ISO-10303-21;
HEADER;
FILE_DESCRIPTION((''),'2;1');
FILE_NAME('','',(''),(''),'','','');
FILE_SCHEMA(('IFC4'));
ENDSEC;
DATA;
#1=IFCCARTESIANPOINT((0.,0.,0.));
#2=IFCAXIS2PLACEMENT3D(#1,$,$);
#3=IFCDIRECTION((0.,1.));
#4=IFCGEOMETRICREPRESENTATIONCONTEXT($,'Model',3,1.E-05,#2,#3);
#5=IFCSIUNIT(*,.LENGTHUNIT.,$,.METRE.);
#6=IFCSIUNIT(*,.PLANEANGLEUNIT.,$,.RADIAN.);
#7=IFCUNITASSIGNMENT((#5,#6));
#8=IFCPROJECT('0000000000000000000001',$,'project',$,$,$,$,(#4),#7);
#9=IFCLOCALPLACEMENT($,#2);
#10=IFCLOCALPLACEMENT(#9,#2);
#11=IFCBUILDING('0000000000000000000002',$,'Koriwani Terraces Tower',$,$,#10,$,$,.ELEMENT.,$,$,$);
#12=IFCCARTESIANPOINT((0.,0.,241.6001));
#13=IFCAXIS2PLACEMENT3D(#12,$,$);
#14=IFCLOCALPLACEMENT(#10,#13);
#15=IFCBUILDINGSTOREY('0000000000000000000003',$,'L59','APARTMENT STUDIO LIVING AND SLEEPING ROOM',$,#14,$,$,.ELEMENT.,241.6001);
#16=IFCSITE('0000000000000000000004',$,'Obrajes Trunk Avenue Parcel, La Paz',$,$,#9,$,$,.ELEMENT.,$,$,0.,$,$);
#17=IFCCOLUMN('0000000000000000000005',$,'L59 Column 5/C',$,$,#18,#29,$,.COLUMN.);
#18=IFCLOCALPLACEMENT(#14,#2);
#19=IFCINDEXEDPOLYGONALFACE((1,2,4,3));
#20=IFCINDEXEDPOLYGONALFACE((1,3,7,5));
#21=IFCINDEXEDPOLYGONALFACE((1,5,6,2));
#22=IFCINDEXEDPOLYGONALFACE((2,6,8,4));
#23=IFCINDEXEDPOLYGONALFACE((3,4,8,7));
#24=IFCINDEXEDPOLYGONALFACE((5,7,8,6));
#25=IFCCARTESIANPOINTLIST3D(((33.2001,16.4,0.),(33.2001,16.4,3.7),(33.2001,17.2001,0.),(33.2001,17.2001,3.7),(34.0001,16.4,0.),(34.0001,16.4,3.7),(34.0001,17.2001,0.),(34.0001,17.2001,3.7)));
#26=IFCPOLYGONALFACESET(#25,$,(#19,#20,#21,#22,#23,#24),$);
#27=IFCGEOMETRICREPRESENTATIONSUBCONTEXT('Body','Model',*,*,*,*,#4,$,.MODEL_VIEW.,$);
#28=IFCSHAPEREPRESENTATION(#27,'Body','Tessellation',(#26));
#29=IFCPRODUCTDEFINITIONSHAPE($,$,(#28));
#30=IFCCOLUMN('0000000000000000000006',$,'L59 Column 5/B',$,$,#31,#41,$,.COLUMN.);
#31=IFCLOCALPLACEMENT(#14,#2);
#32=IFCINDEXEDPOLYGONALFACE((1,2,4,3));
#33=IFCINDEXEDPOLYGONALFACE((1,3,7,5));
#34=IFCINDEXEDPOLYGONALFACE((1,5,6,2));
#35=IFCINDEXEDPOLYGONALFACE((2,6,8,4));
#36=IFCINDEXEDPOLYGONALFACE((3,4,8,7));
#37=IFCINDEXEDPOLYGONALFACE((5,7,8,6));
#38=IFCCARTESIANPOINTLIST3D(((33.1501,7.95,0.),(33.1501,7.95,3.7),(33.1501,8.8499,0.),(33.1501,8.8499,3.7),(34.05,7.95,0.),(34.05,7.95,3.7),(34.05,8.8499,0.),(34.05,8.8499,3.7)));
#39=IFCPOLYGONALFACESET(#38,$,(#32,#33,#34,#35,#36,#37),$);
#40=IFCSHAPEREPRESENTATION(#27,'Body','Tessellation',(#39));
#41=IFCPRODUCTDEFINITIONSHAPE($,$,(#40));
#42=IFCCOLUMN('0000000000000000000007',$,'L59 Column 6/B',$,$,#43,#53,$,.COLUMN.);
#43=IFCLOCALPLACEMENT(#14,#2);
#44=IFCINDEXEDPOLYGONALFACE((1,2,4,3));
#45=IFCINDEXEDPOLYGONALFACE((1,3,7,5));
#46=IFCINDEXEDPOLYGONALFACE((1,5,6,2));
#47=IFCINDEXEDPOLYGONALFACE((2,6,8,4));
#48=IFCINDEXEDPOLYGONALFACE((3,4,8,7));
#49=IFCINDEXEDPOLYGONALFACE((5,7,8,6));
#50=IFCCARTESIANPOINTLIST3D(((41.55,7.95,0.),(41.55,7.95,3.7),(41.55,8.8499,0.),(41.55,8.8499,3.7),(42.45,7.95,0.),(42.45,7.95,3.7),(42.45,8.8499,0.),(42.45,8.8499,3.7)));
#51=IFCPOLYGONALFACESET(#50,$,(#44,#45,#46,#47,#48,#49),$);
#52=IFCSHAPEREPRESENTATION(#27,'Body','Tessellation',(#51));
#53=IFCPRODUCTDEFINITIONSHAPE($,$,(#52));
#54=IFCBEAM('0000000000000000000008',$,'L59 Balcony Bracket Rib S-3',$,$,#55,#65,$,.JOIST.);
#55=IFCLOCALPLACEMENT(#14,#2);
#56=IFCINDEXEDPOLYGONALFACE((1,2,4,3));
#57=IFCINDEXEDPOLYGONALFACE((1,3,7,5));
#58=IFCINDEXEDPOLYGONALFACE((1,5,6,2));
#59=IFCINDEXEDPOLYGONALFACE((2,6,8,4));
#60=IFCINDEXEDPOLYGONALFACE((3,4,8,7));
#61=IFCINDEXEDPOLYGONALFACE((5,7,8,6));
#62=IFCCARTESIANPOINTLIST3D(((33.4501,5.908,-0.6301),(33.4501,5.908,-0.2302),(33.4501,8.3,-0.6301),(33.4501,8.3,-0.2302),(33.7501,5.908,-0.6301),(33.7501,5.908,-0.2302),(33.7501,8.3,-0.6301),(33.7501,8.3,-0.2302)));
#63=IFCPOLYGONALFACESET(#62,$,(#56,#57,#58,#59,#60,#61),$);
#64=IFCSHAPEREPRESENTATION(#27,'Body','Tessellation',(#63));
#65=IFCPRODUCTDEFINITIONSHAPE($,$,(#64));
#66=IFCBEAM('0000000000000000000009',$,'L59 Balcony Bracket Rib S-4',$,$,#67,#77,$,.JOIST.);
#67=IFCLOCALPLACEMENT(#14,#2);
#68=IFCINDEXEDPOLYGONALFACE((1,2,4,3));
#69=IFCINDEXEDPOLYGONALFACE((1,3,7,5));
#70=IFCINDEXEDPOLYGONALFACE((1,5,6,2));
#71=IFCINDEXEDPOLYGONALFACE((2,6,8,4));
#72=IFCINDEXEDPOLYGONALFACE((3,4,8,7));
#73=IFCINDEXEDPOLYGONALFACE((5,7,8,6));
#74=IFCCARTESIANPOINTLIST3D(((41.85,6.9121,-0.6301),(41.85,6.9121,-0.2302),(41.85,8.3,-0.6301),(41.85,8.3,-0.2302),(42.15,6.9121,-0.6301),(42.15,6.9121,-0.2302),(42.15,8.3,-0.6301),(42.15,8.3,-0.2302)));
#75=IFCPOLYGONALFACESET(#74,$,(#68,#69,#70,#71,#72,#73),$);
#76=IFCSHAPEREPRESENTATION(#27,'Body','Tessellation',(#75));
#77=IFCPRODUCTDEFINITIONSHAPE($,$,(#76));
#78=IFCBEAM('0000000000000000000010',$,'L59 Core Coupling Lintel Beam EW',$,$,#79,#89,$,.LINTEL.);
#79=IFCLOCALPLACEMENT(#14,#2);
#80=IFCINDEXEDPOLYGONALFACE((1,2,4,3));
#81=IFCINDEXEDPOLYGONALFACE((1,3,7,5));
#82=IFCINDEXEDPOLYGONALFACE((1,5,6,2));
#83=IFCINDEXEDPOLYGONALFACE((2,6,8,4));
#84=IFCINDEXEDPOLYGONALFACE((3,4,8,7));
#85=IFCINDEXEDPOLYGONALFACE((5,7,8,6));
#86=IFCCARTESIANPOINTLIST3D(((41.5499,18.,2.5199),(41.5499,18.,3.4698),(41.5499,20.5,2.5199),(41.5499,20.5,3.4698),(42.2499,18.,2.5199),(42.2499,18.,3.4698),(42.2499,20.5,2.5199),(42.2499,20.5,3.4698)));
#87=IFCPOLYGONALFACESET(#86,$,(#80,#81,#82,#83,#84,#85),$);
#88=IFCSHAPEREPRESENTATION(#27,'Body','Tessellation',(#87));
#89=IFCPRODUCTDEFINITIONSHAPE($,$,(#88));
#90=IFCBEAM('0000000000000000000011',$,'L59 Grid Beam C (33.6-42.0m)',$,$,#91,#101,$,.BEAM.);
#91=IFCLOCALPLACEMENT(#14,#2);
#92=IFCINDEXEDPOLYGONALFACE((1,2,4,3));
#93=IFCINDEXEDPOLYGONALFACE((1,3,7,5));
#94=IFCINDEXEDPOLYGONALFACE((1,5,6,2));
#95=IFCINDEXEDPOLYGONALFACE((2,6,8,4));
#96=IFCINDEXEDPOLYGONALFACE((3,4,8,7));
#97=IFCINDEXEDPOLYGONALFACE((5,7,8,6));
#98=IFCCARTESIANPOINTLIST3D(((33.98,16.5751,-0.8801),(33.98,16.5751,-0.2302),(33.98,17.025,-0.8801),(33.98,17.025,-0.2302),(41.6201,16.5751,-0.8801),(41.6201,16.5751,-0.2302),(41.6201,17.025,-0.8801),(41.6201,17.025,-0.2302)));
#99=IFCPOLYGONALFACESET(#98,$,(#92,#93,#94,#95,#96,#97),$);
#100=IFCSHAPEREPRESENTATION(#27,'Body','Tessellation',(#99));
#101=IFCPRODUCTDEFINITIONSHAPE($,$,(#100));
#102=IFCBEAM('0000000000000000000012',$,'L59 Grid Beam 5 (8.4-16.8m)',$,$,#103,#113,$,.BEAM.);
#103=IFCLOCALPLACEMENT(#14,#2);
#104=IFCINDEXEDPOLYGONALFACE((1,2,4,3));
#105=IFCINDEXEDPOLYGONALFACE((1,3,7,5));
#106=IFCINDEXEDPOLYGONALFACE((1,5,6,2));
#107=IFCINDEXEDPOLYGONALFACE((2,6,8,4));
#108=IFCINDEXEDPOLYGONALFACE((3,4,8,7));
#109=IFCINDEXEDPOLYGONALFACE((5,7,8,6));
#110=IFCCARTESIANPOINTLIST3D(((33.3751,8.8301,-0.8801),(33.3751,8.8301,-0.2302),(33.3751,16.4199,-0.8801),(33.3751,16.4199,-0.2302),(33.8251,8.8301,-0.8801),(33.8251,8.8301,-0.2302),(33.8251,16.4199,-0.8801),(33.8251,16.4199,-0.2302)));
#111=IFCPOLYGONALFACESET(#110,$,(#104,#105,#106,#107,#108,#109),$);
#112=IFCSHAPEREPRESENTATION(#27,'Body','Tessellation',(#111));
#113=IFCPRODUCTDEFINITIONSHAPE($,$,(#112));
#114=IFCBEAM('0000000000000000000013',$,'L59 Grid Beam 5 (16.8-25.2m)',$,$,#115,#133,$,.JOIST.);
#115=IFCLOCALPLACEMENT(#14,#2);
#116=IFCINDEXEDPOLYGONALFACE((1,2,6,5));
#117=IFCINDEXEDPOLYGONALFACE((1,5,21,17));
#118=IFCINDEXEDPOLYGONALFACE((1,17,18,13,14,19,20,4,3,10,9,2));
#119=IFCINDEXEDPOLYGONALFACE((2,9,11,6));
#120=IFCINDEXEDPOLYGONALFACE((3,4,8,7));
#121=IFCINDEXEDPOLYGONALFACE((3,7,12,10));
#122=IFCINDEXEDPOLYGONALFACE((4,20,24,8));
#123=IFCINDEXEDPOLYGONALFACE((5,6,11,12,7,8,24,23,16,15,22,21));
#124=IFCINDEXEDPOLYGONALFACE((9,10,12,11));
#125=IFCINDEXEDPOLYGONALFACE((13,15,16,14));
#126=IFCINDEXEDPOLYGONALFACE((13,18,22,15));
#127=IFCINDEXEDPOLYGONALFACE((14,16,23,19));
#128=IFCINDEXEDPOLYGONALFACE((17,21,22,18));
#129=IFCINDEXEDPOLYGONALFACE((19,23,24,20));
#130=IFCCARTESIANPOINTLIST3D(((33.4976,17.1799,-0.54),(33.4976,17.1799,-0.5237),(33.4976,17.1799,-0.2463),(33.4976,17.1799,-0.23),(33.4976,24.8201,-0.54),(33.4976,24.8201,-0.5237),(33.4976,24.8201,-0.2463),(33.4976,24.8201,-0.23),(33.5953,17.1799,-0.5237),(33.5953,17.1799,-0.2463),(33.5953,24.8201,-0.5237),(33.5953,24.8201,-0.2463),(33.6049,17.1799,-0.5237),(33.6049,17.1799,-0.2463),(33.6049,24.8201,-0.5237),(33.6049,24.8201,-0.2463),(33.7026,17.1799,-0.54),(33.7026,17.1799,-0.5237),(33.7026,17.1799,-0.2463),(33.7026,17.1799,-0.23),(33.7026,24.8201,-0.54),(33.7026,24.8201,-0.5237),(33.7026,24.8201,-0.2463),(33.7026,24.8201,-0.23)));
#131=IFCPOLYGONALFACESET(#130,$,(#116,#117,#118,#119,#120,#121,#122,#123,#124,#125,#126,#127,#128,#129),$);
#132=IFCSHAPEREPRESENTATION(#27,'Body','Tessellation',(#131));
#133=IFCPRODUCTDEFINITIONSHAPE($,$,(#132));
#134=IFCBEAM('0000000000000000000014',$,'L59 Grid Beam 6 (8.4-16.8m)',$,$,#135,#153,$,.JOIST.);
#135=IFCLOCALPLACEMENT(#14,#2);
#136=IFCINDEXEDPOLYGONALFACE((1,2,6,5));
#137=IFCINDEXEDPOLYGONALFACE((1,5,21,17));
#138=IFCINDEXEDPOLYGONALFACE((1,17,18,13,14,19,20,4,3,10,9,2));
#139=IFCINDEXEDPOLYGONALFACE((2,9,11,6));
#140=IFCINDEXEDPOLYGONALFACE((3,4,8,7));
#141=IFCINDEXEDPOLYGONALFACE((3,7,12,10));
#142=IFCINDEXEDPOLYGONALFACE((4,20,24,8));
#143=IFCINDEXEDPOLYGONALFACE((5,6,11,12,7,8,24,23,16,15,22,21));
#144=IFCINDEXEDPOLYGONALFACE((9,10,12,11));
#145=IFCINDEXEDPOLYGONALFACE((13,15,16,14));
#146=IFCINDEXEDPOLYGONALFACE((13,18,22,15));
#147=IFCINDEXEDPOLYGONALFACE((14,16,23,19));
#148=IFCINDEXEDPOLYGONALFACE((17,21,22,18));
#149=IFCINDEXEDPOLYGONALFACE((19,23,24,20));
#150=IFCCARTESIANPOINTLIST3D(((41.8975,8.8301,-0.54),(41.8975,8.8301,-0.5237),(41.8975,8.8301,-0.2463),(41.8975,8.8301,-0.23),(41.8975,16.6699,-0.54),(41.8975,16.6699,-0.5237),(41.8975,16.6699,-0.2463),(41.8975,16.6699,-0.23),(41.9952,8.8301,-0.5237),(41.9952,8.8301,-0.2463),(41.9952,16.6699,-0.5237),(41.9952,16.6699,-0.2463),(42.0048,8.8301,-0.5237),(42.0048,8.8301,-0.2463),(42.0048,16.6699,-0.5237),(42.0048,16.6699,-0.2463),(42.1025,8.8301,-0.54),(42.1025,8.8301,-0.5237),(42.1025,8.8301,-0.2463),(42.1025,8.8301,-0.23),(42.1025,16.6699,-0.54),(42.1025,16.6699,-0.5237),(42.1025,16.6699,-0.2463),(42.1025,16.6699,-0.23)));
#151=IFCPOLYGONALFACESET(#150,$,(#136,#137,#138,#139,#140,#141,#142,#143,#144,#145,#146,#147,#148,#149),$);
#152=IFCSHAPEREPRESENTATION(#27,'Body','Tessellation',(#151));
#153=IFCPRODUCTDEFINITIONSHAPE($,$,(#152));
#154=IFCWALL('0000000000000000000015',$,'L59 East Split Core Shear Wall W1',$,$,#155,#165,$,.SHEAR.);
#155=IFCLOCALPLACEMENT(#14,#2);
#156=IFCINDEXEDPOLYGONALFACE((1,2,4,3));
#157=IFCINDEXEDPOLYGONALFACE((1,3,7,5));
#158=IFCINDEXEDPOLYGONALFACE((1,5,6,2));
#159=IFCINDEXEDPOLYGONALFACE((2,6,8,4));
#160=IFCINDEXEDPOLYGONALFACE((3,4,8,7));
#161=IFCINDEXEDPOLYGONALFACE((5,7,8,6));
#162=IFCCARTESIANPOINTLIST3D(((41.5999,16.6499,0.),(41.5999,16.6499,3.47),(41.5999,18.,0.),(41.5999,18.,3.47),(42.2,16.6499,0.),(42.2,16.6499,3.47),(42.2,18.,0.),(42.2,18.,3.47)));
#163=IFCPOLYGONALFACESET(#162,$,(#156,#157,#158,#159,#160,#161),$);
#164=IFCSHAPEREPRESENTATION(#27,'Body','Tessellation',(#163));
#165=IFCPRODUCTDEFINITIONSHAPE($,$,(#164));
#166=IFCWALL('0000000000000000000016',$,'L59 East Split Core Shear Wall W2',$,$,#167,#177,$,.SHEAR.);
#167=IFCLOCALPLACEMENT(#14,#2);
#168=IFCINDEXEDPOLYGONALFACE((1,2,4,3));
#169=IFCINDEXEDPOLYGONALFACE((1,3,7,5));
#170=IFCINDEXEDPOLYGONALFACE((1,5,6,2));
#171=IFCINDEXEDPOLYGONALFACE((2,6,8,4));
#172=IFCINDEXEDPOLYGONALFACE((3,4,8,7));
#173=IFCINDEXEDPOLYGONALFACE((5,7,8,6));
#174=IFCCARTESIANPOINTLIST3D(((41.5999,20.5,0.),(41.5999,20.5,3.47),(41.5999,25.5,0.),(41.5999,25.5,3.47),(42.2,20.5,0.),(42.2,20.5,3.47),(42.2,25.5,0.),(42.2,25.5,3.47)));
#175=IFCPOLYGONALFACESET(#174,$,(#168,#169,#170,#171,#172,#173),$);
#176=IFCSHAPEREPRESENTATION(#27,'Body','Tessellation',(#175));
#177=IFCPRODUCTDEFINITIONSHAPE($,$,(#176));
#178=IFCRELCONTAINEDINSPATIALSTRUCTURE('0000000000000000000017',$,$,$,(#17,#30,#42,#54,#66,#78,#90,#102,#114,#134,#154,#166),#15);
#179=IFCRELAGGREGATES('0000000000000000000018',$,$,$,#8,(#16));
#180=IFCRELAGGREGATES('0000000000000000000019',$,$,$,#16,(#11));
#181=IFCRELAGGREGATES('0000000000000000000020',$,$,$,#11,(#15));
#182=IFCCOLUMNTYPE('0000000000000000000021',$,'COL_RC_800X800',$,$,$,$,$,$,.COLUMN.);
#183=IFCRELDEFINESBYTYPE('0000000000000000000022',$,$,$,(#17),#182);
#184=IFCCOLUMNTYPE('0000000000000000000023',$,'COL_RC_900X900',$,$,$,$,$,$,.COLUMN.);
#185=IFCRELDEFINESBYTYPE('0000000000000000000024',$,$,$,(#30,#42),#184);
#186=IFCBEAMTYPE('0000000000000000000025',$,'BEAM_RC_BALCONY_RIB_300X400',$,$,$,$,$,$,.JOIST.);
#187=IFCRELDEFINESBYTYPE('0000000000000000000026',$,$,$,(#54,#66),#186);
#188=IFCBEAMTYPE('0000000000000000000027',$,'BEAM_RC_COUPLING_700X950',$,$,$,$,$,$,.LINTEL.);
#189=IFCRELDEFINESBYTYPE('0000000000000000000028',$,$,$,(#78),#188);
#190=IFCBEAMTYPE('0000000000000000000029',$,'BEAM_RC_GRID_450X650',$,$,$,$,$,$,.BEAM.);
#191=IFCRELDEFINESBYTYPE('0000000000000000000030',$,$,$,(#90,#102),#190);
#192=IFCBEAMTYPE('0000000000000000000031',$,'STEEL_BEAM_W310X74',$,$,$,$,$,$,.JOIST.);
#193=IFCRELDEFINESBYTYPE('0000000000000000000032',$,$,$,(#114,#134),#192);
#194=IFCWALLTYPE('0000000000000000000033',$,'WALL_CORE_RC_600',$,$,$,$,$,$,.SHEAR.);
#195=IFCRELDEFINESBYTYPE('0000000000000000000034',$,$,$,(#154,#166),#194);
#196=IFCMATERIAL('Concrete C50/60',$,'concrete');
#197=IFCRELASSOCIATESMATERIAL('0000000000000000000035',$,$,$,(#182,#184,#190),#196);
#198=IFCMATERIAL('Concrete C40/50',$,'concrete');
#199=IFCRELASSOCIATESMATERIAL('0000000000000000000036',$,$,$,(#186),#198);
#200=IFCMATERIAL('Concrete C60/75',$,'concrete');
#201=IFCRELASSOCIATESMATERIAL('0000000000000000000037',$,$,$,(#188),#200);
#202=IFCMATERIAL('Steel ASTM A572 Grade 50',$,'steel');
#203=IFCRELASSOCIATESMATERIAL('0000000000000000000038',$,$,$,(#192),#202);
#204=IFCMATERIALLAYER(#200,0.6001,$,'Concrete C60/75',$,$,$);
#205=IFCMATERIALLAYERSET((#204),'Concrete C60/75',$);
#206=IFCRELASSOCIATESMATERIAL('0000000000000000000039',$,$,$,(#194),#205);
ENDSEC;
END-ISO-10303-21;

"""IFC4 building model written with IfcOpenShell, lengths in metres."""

from ifc_helpers import new_model, si_unit, direction, frame, frame_2d, origin, origin_2d, place, context, subcontext, project, spatial, rectangle, i_section, extrude, material, layer, layer_set, material_profile, profile_set, type_object, element, save


model = new_model("IFC4")

# Units and contexts
model_context = context("Model", 3, precision=1e-05, world=origin(), true_north=direction((0.0, 1.0)))
body_context = subcontext(model_context, "Body", "Model", "MODEL_VIEW")
ifc_project = project(units=[si_unit("LENGTHUNIT", "METRE"), si_unit("PLANEANGLEUNIT", "RADIAN")], contexts=[model_context])

# Site, building, storey
site_placement = place(None, origin())
site = spatial("IfcSite", under=ifc_project, at=site_placement, Name="Obrajes Trunk Avenue Parcel, La Paz", CompositionType="ELEMENT", RefElevation=0.0)
building_placement = place(site_placement, origin())
building = spatial("IfcBuilding", under=site, at=building_placement, Name="Koriwani Terraces Tower", CompositionType="ELEMENT")
storey_placement = place(building_placement, frame((0.0, 0.0, 241.6001)))
storey = spatial("IfcBuildingStorey", under=building, at=storey_placement, Name="L59", Description="APARTMENT STUDIO LIVING AND SLEEPING ROOM", CompositionType="ELEMENT", Elevation=241.6001)

# Columns
ifc_material_1 = material(Name="Concrete C50/60", Category="concrete")
ifc_material_profile_1 = material_profile(ifc_material_1, rectangle(XDim=0.8, YDim=0.8, at=origin_2d()), Name="Concrete C50/60", Category="LoadBearing")
ifc_profile_set_1 = profile_set([ifc_material_profile_1], Name="Concrete C50/60")
column_type_1 = type_object("IfcColumnType", Name="COL_RC_800X800", PredefinedType="COLUMN", material=ifc_profile_set_1)
column_placement = place(storey_placement, frame((33.6001, 16.8, 0.0), z_axis=(0.0, 0.0, 1.0), x_axis=(1.0, 0.0, 0.0)))
element("IfcColumn", 1, at=column_placement, inside=storey, type_object=column_type_1, Name="L59 Column 5/C", PredefinedType="COLUMN", context=body_context, shape_type="SweptSolid", body=[
    extrude(rectangle(XDim=0.8, YDim=0.8, at=origin_2d()), origin(), (0.0, 0.0, 1.0), 3.7),
])
ifc_material_profile_2 = material_profile(ifc_material_1, rectangle(XDim=0.8999, YDim=0.8999, at=origin_2d()), Name="Concrete C50/60", Category="LoadBearing")
ifc_profile_set_2 = profile_set([ifc_material_profile_2], Name="Concrete C50/60")
column_type_2 = type_object("IfcColumnType", Name="COL_RC_900X900", PredefinedType="COLUMN", material=ifc_profile_set_2)
for number, where, z_axis, x_axis, name in (
    (2, (33.6001, 8.3999, 0.0), (0.0, 0.0, 1.0), (1.0, 0.0, 0.0), "L59 Column 5/B"),
    (3, (42.0, 8.3999, 0.0), (0.0, 0.0, 1.0), (1.0, 0.0, 0.0), "L59 Column 6/B"),
):
    element("IfcColumn", number, at=place(storey_placement, frame(where, z_axis=z_axis, x_axis=x_axis)), inside=storey, type_object=column_type_2, Name=name, PredefinedType="COLUMN", context=body_context, shape_type="SweptSolid", body=[
        extrude(rectangle(XDim=0.8999, YDim=0.8999, at=origin_2d()), origin(), (0.0, 0.0, 1.0), 3.7),
    ])

# Beams
ifc_material_2 = material(Name="Concrete C40/50", Category="concrete")
ifc_material_profile_3 = material_profile(ifc_material_2, rectangle(XDim=0.3, YDim=0.3999, at=origin_2d()), Name="Concrete C40/50", Category="LoadBearing")
ifc_profile_set_3 = profile_set([ifc_material_profile_3], Name="Concrete C40/50")
beam_type_1 = type_object("IfcBeamType", Name="BEAM_RC_BALCONY_RIB_300X400", PredefinedType="JOIST", material=ifc_profile_set_3)
beam_1_placement = place(storey_placement, frame((33.6001, 5.908, -0.4302), z_axis=(0.0, 1.0, 0.0), x_axis=(-1.0, 0.0, 0.0)))
element("IfcBeam", 4, at=beam_1_placement, inside=storey, type_object=beam_type_1, Name="L59 Balcony Bracket Rib S-3", PredefinedType="JOIST", context=body_context, shape_type="SweptSolid", body=[
    extrude(rectangle(XDim=0.3, YDim=0.3999, at=origin_2d()), origin(), (0.0, 0.0, 1.0), 2.3921),
])
beam_2_placement = place(storey_placement, frame((42.0, 6.9121, -0.4302), z_axis=(0.0, 1.0, 0.0), x_axis=(-1.0, 0.0, 0.0)))
element("IfcBeam", 5, at=beam_2_placement, inside=storey, type_object=beam_type_1, Name="L59 Balcony Bracket Rib S-4", PredefinedType="JOIST", context=body_context, shape_type="SweptSolid", body=[
    extrude(rectangle(XDim=0.3, YDim=0.3999, at=origin_2d()), origin(), (0.0, 0.0, 1.0), 1.3879),
])
ifc_material_3 = material(Name="Concrete C60/75", Category="concrete")
ifc_material_profile_4 = material_profile(ifc_material_3, rectangle(XDim=0.7, YDim=0.95, at=origin_2d()), Name="Concrete C60/75", Category="LoadBearing")
ifc_profile_set_4 = profile_set([ifc_material_profile_4], Name="Concrete C60/75")
beam_type_2 = type_object("IfcBeamType", Name="BEAM_RC_COUPLING_700X950", PredefinedType="LINTEL", material=ifc_profile_set_4)
beam_3_placement = place(storey_placement, frame((41.8999, 18.0, 2.9949), z_axis=(0.0, 1.0, 0.0), x_axis=(-1.0, 0.0, 0.0)))
element("IfcBeam", 6, at=beam_3_placement, inside=storey, type_object=beam_type_2, Name="L59 Core Coupling Lintel Beam EW", PredefinedType="LINTEL", context=body_context, shape_type="SweptSolid", body=[
    extrude(rectangle(XDim=0.7, YDim=0.95, at=origin_2d()), origin(), (0.0, 0.0, 1.0), 2.5),
])
ifc_material_profile_5 = material_profile(ifc_material_1, rectangle(XDim=0.45, YDim=0.6499, at=origin_2d()), Name="Concrete C50/60", Category="LoadBearing")
ifc_profile_set_5 = profile_set([ifc_material_profile_5], Name="Concrete C50/60")
beam_type_3 = type_object("IfcBeamType", Name="BEAM_RC_GRID_450X650", PredefinedType="BEAM", material=ifc_profile_set_5)
beam_4_placement = place(storey_placement, frame((33.98, 16.8, -0.5552), z_axis=(1.0, 0.0, 0.0), x_axis=(0.0, 1.0, 0.0)))
element("IfcBeam", 7, at=beam_4_placement, inside=storey, type_object=beam_type_3, Name="L59 Grid Beam C (33.6-42.0m)", PredefinedType="BEAM", context=body_context, shape_type="SweptSolid", body=[
    extrude(rectangle(XDim=0.45, YDim=0.6499, at=origin_2d()), origin(), (0.0, 0.0, 1.0), 7.6401),
])
beam_5_placement = place(storey_placement, frame((33.6001, 8.8301, -0.5552), z_axis=(0.0, 1.0, 0.0), x_axis=(-1.0, 0.0, 0.0)))
element("IfcBeam", 8, at=beam_5_placement, inside=storey, type_object=beam_type_3, Name="L59 Grid Beam 5 (8.4-16.8m)", PredefinedType="BEAM", context=body_context, shape_type="SweptSolid", body=[
    extrude(rectangle(XDim=0.45, YDim=0.6499, at=origin_2d()), origin(), (0.0, 0.0, 1.0), 7.5898),
])
ifc_material_4 = material(Name="Steel ASTM A572 Grade 50", Category="steel")
ifc_material_profile_6 = material_profile(ifc_material_4, i_section(OverallWidth=0.2051, OverallDepth=0.3101, WebThickness=0.0095, FlangeThickness=0.0164, at=origin_2d()), Name="Steel ASTM A572 Grade 50", Category="LoadBearing")
ifc_profile_set_6 = profile_set([ifc_material_profile_6], Name="Steel ASTM A572 Grade 50")
beam_type_4 = type_object("IfcBeamType", Name="STEEL_BEAM_W310X74", PredefinedType="JOIST", material=ifc_profile_set_6)
beam_6_placement = place(storey_placement, frame((33.6001, 17.1799, -0.385), z_axis=(0.0, 1.0, 0.0), x_axis=(-1.0, 0.0, 0.0)))
element("IfcBeam", 9, at=beam_6_placement, inside=storey, type_object=beam_type_4, Name="L59 Grid Beam 5 (16.8-25.2m)", PredefinedType="JOIST", context=body_context, shape_type="SweptSolid", body=[
    extrude(i_section(OverallWidth=0.2051, OverallDepth=0.3101, WebThickness=0.0095, FlangeThickness=0.0164, at=origin_2d()), origin(), (0.0, 0.0, 1.0), 7.6401),
])
beam_7_placement = place(storey_placement, frame((42.0, 8.8301, -0.385), z_axis=(0.0, 1.0, 0.0), x_axis=(-1.0, 0.0, 0.0)))
element("IfcBeam", 10, at=beam_7_placement, inside=storey, type_object=beam_type_4, Name="L59 Grid Beam 6 (8.4-16.8m)", PredefinedType="JOIST", context=body_context, shape_type="SweptSolid", body=[
    extrude(i_section(OverallWidth=0.2051, OverallDepth=0.3101, WebThickness=0.0095, FlangeThickness=0.0164, at=origin_2d()), origin(), (0.0, 0.0, 1.0), 7.8398),
])

# Walls
ifc_layer_1 = layer(ifc_material_3, 0.6001, Name="Concrete C60/75")
ifc_layer_set_1 = layer_set([ifc_layer_1], Name="Concrete C60/75")
wall_type_1 = type_object("IfcWallType", Name="WALL_CORE_RC_600", PredefinedType="SHEAR", material=ifc_layer_set_1)
wall_1_placement = place(storey_placement, frame((41.8999, 16.6499, 0.0), z_axis=(0.0, 0.0, 1.0), x_axis=(0.0, 1.0, 0.0)))
element("IfcWall", 11, at=wall_1_placement, inside=storey, type_object=wall_type_1, Name="L59 East Split Core Shear Wall W1", PredefinedType="SHEAR", context=body_context, shape_type="SweptSolid", body=[
    extrude(rectangle(XDim=1.3501, YDim=0.6001, at=frame_2d((0.675, 0.0))), origin(), (0.0, 0.0, 1.0), 3.47),
])
wall_2_placement = place(storey_placement, frame((41.8999, 20.5, 0.0), z_axis=(0.0, 0.0, 1.0), x_axis=(0.0, 1.0, 0.0)))
element("IfcWall", 12, at=wall_2_placement, inside=storey, type_object=wall_type_1, Name="L59 East Split Core Shear Wall W2", PredefinedType="SHEAR", context=body_context, shape_type="SweptSolid", body=[
    extrude(rectangle(XDim=5.0, YDim=0.6001, at=frame_2d((2.5, 0.0))), origin(), (0.0, 0.0, 1.0), 3.47),
])

save(model, "model.ifc")
